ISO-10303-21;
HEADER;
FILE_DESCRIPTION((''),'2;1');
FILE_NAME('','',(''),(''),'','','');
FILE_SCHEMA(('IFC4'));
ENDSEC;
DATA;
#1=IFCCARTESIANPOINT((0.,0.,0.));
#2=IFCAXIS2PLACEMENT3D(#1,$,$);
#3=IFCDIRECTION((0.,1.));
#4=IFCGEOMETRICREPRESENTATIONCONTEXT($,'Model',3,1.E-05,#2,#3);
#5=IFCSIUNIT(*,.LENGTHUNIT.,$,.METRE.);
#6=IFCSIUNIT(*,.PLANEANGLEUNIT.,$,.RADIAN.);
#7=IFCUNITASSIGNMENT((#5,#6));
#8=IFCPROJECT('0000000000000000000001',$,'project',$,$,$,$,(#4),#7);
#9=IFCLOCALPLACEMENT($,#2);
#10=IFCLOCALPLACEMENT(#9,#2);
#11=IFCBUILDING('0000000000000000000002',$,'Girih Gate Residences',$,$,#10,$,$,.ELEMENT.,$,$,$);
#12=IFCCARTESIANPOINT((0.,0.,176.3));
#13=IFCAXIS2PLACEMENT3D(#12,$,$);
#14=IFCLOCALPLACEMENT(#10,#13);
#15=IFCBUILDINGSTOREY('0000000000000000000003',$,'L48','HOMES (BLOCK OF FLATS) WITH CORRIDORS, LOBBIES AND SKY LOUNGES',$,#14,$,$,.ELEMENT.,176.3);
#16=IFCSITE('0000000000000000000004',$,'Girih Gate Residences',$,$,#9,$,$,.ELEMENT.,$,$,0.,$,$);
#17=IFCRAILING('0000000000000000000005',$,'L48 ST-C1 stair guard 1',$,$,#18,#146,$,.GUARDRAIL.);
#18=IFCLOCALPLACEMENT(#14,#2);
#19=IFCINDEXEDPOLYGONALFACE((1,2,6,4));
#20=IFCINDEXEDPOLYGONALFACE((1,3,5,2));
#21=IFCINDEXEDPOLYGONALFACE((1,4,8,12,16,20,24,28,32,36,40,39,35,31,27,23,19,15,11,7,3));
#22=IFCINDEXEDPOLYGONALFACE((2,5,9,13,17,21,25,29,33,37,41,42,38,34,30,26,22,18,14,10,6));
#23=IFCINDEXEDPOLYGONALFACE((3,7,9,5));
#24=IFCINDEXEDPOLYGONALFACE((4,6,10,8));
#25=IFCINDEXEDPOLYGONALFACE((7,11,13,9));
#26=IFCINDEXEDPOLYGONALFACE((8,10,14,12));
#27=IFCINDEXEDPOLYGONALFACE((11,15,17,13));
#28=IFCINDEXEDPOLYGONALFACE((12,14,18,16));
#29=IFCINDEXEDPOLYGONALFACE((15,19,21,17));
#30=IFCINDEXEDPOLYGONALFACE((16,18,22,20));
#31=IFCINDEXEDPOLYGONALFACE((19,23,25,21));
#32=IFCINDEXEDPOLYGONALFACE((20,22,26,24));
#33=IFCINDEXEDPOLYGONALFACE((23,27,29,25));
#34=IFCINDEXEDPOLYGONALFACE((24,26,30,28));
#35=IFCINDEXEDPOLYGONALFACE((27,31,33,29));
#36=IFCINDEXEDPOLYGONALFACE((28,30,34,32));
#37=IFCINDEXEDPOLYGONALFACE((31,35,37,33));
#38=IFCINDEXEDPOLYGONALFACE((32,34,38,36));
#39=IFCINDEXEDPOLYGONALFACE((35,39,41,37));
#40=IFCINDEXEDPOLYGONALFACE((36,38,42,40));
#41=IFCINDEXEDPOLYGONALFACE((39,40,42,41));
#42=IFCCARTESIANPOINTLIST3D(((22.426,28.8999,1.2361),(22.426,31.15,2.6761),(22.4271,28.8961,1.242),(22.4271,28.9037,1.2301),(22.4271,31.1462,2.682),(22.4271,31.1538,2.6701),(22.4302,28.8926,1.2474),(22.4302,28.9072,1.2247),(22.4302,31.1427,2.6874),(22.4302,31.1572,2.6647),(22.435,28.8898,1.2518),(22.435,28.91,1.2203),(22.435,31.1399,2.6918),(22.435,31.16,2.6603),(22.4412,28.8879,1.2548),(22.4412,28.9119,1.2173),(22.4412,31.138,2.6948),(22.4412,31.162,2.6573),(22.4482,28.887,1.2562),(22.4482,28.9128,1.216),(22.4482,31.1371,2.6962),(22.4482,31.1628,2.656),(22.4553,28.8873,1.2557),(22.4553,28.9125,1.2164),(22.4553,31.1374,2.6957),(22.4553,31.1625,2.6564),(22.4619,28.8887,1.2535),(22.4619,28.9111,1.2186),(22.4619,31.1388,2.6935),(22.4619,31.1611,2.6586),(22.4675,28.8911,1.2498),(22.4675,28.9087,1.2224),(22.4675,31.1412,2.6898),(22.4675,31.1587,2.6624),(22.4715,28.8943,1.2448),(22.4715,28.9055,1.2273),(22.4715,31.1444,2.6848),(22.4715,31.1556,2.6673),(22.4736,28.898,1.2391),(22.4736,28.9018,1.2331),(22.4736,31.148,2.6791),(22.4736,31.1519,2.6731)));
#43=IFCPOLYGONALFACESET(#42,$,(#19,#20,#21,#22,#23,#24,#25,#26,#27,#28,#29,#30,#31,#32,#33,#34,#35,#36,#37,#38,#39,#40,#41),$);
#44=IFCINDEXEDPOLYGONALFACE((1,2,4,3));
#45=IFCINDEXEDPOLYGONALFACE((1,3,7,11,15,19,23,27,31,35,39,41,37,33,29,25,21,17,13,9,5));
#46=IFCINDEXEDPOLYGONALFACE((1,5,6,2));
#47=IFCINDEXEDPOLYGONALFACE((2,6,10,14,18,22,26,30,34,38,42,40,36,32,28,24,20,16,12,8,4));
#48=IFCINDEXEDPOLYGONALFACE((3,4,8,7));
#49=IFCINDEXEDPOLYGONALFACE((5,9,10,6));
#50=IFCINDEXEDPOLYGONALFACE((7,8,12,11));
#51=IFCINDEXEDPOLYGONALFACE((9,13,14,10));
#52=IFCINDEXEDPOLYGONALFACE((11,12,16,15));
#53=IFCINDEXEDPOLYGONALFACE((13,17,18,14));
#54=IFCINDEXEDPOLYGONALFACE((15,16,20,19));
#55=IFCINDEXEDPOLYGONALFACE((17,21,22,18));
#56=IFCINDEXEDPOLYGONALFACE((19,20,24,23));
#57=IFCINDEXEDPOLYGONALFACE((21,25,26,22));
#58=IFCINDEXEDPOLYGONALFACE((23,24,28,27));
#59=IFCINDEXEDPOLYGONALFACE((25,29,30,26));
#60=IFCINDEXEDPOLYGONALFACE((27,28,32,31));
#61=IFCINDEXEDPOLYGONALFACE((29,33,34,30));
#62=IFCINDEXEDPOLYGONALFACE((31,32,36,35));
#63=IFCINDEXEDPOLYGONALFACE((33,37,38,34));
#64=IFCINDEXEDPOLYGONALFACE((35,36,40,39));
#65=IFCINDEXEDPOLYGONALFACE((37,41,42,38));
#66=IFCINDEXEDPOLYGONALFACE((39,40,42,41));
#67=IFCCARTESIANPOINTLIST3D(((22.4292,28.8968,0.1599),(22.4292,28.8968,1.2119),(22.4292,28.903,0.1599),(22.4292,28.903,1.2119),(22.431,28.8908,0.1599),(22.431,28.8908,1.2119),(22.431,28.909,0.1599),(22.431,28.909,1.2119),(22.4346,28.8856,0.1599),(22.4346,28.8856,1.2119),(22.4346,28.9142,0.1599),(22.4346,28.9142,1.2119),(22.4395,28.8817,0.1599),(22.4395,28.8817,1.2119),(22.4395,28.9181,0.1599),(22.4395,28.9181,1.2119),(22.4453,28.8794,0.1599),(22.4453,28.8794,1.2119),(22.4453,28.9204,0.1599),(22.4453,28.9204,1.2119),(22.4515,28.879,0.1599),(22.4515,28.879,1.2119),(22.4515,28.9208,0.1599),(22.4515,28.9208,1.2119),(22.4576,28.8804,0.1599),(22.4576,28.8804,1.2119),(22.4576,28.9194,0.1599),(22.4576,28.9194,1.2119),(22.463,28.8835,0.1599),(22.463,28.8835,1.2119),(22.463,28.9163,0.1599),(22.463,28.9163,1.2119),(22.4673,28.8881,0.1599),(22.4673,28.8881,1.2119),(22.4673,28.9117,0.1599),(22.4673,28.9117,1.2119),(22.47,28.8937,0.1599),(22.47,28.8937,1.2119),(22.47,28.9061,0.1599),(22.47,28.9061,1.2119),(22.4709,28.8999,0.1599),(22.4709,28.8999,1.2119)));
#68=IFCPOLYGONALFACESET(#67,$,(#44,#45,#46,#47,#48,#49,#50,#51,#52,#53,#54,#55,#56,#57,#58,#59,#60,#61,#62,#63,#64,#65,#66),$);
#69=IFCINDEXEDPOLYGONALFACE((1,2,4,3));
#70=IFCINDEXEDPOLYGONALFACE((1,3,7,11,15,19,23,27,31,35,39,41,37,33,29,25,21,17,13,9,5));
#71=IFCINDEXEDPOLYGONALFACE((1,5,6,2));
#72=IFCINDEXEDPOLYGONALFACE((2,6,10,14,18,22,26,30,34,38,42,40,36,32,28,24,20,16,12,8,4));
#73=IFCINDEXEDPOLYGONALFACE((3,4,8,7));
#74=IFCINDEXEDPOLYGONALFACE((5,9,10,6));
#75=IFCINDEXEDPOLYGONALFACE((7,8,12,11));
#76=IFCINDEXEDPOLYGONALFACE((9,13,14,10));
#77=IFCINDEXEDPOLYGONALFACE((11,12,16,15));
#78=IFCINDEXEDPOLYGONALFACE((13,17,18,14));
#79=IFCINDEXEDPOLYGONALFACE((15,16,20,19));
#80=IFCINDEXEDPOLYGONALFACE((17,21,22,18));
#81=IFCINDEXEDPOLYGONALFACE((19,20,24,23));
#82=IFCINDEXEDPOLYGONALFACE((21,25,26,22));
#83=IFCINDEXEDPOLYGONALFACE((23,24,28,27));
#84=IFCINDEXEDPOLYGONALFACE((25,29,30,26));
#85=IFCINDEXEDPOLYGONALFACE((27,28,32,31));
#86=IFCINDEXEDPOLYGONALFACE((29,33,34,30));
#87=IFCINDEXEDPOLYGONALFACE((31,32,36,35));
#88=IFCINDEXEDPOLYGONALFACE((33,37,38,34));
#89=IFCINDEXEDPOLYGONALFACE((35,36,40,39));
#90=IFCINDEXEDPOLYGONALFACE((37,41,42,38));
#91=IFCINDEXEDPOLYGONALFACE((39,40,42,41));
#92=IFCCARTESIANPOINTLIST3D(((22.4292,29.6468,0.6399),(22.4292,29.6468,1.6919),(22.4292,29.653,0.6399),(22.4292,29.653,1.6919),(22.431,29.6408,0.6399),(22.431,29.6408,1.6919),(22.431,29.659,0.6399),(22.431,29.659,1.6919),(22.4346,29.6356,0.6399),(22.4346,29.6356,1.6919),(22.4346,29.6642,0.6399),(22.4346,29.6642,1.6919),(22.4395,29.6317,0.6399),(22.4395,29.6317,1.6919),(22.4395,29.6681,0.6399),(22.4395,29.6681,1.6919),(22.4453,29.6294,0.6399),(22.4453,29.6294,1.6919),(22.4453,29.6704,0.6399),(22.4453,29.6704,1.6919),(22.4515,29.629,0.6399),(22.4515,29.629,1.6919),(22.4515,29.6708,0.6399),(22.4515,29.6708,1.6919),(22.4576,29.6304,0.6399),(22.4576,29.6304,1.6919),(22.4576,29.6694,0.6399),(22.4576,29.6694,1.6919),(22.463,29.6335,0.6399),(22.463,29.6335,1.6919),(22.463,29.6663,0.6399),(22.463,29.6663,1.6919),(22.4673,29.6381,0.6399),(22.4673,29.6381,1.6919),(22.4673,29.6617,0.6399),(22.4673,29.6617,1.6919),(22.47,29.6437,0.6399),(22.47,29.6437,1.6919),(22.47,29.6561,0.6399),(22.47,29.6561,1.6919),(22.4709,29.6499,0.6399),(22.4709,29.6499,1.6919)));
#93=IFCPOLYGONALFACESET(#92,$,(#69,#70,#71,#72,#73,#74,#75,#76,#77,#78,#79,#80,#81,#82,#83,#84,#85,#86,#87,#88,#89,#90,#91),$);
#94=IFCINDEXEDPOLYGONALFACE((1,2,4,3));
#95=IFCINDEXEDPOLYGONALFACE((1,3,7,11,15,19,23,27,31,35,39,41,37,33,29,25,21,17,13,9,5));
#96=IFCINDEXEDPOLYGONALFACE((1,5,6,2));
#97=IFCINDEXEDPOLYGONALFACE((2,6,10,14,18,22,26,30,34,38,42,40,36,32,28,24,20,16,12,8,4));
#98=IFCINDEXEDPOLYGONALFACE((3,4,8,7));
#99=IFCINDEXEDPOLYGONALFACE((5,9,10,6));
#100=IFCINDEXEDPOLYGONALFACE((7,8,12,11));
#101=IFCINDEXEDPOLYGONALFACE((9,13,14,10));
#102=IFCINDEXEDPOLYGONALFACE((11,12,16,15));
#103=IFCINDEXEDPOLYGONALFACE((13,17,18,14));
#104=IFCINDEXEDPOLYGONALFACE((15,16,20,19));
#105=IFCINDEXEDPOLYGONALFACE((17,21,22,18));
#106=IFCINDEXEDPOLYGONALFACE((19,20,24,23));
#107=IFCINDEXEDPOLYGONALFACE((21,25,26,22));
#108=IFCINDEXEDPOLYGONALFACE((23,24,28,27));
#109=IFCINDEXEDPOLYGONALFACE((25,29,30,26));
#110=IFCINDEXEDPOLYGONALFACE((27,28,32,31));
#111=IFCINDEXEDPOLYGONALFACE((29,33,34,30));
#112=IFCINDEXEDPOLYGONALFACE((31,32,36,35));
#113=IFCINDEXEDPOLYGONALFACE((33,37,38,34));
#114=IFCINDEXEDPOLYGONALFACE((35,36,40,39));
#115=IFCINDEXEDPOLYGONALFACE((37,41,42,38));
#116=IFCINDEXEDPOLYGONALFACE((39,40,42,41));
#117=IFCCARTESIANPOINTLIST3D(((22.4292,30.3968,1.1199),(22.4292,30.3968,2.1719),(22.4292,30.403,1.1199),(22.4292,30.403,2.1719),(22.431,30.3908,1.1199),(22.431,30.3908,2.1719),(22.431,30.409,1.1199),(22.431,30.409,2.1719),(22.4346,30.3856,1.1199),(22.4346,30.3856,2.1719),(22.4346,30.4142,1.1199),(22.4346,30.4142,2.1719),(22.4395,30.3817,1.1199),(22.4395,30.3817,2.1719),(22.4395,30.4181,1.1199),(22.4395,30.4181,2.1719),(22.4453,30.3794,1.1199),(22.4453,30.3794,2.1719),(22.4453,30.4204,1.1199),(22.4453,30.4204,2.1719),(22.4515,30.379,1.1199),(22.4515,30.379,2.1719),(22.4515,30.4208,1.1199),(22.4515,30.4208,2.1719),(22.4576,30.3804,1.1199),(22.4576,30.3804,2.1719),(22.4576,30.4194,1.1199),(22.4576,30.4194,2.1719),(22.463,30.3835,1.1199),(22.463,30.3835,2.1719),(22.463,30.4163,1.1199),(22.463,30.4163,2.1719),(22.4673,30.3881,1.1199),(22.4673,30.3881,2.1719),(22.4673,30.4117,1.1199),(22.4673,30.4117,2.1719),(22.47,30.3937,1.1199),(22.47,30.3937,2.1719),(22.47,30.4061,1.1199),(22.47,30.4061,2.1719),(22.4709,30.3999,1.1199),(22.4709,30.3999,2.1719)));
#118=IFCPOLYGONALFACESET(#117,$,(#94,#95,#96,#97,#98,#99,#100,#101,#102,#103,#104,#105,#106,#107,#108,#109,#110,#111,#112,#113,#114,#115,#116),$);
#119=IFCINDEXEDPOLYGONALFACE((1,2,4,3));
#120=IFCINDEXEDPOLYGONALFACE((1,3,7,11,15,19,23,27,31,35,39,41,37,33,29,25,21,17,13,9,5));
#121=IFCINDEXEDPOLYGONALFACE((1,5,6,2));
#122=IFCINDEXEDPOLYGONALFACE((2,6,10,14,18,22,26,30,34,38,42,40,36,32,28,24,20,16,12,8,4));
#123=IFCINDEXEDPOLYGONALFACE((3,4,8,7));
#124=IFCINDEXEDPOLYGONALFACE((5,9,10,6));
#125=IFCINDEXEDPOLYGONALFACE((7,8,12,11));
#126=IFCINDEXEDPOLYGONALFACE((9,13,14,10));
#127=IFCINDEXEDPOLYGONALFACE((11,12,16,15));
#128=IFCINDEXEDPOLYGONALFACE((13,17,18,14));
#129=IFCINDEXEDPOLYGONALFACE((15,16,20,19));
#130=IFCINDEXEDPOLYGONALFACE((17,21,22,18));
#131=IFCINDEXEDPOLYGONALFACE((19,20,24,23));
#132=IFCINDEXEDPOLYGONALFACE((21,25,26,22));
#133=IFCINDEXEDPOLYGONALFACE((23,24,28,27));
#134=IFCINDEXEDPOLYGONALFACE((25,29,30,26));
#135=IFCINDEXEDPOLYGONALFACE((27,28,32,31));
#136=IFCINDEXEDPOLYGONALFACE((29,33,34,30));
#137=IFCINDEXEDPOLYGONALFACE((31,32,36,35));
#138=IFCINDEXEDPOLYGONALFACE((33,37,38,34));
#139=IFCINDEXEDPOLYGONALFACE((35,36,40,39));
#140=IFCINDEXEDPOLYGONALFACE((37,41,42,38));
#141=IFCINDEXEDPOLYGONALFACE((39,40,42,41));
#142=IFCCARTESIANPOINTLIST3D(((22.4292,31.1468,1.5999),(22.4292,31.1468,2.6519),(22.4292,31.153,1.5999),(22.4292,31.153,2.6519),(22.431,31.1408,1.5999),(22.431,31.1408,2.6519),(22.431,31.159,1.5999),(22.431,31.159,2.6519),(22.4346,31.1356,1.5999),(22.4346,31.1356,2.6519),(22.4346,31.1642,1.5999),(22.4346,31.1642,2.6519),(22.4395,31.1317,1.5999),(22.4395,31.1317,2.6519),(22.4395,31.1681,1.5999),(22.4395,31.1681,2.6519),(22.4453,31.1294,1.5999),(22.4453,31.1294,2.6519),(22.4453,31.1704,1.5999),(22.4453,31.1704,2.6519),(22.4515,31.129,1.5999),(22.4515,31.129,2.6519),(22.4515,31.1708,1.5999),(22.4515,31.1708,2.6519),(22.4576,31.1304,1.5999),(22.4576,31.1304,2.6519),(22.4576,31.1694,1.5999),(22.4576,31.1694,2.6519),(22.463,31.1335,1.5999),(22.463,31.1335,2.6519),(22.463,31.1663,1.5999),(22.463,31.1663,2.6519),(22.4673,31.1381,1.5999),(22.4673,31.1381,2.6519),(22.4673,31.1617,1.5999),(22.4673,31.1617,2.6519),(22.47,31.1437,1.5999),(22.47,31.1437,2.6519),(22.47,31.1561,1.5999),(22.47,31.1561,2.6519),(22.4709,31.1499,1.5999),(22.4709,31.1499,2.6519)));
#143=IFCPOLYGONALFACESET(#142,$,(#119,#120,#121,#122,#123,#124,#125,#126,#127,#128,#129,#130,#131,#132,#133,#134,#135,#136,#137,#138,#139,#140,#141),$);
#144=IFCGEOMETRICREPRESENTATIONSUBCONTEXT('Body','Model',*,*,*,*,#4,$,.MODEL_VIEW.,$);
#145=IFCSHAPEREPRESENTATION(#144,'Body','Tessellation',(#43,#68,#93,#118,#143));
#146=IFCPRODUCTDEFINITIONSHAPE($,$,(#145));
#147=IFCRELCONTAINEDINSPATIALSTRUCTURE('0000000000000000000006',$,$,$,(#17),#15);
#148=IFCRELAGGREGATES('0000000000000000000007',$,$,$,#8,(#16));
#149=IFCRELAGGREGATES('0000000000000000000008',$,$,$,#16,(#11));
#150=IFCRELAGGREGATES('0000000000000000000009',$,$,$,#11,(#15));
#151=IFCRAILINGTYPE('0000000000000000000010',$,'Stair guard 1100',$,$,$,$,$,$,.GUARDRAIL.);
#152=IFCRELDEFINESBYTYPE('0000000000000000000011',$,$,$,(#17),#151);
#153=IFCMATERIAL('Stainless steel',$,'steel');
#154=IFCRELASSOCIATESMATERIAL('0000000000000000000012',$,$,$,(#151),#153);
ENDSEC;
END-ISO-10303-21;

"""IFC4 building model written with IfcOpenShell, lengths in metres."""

from ifc_helpers import new_model, si_unit, direction, frame, origin, origin_2d, place, context, subcontext, project, spatial, circle, extrude, material, type_object, element, save


model = new_model("IFC4")

# Units and contexts
model_context = context("Model", 3, precision=1e-05, world=origin(), true_north=direction((0.0, 1.0)))
body_context = subcontext(model_context, "Body", "Model", "MODEL_VIEW")
ifc_project = project(units=[si_unit("LENGTHUNIT", "METRE"), si_unit("PLANEANGLEUNIT", "RADIAN")], contexts=[model_context])

# Site, building, storey
site_placement = place(None, origin())
site = spatial("IfcSite", under=ifc_project, at=site_placement, Name="Girih Gate Residences", CompositionType="ELEMENT", RefElevation=0.0)
building_placement = place(site_placement, origin())
building = spatial("IfcBuilding", under=site, at=building_placement, Name="Girih Gate Residences", CompositionType="ELEMENT")
storey_placement = place(building_placement, frame((0.0, 0.0, 176.3)))
storey = spatial("IfcBuildingStorey", under=building, at=storey_placement, Name="L48", Description="HOMES (BLOCK OF FLATS) WITH CORRIDORS, LOBBIES AND SKY LOUNGES", CompositionType="ELEMENT", Elevation=176.3)

# Railing
ifc_material_1 = material(Name="Stainless steel", Category="steel")
railing_type_1 = type_object("IfcRailingType", Name="Stair guard 1100", PredefinedType="GUARDRAIL", material=ifc_material_1)
railing_1_placement = place(storey_placement, frame((22.45, 28.8999, 0.1599)))
element("IfcRailing", 1, at=railing_1_placement, inside=storey, type_object=railing_type_1, Name="L48 ST-C1 stair guard 1", PredefinedType="GUARDRAIL", context=body_context, shape_type="SweptSolid", body=[
    extrude(circle(Radius=0.0239, at=origin_2d()), frame((0.0, 0.0, 1.0762), z_axis=(0.0, 0.842281, 0.539038), x_axis=(-1.0, 0.0, 0.0)), (0.0, 0.0, 1.0), 2.6714),
    extrude(circle(Radius=0.021, at=origin_2d()), origin(), (0.0, 0.0, 1.0), 1.052),
    extrude(circle(Radius=0.021, at=origin_2d()), frame((0.0, 0.75, 0.48)), (0.0, 0.0, 1.0), 1.052),
    extrude(circle(Radius=0.021, at=origin_2d()), frame((0.0, 1.5, 0.96)), (0.0, 0.0, 1.0), 1.052),
    extrude(circle(Radius=0.021, at=origin_2d()), frame((0.0, 2.25, 1.4399)), (0.0, 0.0, 1.0), 1.052),
])

save(model, "model.ifc")
